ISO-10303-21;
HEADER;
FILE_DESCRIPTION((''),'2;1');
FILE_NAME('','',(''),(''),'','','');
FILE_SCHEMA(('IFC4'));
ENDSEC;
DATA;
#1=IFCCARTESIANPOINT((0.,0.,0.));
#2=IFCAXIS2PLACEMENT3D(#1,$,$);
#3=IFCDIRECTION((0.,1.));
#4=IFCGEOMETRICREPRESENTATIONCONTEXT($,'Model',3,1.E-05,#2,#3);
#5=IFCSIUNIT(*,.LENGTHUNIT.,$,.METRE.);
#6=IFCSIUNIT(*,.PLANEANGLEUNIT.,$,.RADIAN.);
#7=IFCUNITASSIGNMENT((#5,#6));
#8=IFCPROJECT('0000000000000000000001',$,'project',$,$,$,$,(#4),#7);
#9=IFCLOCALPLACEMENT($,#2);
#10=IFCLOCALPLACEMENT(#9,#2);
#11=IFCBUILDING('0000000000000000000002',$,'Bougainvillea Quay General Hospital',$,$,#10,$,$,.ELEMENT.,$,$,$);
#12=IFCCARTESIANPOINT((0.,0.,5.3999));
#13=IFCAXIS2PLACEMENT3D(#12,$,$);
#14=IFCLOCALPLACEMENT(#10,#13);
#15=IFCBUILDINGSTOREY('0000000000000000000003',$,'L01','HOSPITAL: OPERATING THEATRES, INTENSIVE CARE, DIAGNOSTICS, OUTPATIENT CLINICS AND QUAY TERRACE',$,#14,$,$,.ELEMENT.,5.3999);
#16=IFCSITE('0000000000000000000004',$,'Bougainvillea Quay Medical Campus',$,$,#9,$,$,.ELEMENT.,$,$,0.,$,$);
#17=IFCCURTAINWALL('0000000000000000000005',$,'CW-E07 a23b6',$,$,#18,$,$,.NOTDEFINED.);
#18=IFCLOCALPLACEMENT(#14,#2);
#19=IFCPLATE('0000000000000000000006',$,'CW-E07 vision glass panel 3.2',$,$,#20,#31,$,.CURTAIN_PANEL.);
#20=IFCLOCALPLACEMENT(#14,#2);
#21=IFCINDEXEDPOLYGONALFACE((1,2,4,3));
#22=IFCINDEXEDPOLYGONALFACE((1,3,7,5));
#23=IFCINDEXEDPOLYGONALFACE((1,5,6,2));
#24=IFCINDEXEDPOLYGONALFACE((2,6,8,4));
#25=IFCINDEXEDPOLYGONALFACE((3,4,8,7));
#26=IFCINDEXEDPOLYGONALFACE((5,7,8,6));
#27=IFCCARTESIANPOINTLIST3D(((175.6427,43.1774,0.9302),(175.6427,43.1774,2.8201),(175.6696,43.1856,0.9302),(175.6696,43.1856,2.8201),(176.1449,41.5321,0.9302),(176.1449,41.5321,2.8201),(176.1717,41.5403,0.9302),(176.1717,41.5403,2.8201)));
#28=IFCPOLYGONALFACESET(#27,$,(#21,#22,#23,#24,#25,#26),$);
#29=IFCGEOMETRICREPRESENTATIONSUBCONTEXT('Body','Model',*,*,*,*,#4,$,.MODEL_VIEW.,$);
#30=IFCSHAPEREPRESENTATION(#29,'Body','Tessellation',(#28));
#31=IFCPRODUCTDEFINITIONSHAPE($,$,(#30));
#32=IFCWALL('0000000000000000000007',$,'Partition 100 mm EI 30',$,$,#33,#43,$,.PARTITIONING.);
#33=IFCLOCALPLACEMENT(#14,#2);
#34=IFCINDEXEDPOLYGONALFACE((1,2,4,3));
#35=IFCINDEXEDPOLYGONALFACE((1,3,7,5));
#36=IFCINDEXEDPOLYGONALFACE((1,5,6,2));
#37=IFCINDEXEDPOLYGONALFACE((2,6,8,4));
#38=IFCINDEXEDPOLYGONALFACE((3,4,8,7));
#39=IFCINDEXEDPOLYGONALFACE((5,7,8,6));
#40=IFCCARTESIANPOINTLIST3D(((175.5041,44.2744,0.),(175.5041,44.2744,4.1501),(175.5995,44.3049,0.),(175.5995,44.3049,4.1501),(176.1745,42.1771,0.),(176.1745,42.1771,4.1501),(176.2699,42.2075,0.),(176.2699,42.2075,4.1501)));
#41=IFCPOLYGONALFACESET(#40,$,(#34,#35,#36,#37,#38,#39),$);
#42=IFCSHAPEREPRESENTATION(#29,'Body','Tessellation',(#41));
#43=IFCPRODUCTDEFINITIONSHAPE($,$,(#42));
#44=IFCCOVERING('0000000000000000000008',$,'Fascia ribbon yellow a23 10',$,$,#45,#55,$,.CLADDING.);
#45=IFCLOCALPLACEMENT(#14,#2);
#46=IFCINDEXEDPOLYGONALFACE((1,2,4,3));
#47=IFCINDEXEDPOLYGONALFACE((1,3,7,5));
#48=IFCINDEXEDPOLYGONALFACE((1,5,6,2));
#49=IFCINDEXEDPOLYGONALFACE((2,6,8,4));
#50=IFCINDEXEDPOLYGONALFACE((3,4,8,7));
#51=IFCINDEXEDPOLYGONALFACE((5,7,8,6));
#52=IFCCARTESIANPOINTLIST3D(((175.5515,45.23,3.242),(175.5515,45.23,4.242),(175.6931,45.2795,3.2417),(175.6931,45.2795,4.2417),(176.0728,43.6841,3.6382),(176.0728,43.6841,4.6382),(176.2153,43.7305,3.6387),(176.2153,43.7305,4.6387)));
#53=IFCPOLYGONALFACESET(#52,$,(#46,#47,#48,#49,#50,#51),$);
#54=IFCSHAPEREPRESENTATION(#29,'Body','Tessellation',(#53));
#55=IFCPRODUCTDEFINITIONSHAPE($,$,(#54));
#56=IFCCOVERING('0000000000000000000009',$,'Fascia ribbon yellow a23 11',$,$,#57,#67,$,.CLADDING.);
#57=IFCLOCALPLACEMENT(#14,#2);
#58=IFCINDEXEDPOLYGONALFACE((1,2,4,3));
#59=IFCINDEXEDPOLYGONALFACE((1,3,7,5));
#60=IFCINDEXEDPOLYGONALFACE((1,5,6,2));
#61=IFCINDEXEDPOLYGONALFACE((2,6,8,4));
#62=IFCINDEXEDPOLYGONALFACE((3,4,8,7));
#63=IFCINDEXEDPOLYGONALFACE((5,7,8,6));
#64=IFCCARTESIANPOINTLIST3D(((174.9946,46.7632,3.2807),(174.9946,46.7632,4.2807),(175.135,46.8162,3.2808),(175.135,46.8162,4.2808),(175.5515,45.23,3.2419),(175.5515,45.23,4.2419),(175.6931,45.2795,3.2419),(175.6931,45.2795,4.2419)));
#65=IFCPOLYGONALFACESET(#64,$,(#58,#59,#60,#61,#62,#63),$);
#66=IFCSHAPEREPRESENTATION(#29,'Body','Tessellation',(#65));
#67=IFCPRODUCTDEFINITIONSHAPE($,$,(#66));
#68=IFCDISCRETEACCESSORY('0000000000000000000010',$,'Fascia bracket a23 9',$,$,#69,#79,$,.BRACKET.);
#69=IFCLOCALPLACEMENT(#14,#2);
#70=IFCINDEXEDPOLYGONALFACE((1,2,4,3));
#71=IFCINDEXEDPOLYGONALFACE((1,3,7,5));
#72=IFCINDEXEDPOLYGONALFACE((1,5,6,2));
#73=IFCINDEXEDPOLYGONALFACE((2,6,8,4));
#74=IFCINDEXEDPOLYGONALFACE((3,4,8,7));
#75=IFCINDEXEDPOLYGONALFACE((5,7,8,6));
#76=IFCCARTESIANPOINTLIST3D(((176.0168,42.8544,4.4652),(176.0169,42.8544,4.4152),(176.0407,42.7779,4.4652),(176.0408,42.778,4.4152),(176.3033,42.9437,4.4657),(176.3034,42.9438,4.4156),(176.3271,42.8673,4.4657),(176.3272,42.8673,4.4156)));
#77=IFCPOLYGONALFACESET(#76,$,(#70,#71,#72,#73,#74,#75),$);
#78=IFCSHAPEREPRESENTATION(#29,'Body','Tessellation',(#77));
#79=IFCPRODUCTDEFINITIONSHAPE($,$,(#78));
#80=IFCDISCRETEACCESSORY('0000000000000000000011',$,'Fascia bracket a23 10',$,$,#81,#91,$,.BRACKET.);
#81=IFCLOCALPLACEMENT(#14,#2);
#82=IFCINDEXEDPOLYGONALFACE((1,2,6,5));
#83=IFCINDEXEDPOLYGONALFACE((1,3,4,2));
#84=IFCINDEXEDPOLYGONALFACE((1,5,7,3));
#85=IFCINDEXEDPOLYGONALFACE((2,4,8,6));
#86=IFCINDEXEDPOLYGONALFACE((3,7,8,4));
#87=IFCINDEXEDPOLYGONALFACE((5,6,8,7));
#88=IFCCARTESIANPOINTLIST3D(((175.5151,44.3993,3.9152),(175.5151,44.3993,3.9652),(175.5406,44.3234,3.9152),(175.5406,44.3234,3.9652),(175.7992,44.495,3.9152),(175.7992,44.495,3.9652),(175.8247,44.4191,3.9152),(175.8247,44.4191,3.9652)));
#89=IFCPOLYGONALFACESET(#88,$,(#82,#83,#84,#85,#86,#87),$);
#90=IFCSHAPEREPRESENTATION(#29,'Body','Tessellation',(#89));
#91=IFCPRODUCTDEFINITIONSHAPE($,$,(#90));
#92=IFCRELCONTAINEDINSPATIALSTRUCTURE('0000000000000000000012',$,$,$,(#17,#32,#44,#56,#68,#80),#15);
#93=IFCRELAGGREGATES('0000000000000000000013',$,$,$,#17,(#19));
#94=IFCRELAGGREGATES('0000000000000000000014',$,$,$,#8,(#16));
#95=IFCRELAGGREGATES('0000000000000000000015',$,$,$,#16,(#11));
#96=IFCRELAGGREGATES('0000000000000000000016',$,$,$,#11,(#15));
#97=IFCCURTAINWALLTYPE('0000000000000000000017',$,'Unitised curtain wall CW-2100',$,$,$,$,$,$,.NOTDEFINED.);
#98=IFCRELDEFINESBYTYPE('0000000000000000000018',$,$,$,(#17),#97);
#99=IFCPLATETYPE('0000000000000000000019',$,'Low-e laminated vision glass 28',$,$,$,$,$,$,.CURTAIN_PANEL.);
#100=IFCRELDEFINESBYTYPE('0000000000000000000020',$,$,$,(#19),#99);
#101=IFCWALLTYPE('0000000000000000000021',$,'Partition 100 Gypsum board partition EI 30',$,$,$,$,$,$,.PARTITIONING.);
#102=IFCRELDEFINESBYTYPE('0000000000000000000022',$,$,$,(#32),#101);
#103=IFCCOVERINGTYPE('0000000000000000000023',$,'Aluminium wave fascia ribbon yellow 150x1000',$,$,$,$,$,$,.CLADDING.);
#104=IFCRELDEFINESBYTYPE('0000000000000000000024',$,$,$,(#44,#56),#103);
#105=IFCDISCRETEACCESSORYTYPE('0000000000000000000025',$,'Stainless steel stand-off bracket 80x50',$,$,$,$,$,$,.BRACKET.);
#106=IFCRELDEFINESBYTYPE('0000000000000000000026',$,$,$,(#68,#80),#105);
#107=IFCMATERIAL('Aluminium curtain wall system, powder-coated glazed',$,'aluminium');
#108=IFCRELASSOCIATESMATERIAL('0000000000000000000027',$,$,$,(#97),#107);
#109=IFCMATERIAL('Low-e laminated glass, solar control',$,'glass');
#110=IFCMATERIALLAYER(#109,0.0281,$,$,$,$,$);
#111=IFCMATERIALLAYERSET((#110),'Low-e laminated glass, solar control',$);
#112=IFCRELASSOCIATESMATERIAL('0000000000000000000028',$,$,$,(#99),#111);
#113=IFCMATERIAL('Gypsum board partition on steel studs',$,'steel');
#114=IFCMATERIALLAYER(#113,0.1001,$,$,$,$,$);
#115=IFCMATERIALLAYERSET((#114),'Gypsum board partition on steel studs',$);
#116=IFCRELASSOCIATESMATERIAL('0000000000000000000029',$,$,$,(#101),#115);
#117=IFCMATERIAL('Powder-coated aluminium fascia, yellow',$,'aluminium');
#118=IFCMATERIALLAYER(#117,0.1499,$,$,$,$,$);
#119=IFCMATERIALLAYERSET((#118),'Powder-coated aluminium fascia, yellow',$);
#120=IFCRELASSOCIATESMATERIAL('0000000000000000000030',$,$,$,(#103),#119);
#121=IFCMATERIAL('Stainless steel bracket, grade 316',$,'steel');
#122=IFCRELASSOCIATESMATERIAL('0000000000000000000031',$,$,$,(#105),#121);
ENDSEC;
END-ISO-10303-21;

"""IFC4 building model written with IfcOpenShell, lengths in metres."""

from ifc_helpers import new_model, si_unit, direction, frame, frame_2d, origin, origin_2d, place, context, subcontext, project, spatial, polyline, rectangle, outline, extrude, material, layer, layer_set, material_profile, profile_set, type_object, element, aggregate, save


model = new_model("IFC4")

# Units and contexts
model_context = context("Model", 3, precision=1e-05, world=origin(), true_north=direction((0.0, 1.0)))
body_context = subcontext(model_context, "Body", "Model", "MODEL_VIEW")
ifc_project = project(units=[si_unit("LENGTHUNIT", "METRE"), si_unit("PLANEANGLEUNIT", "RADIAN")], contexts=[model_context])

# Site, building, storey
site_placement = place(None, origin())
site = spatial("IfcSite", under=ifc_project, at=site_placement, Name="Bougainvillea Quay Medical Campus", CompositionType="ELEMENT", RefElevation=0.0)
building_placement = place(site_placement, origin())
building = spatial("IfcBuilding", under=site, at=building_placement, Name="Bougainvillea Quay General Hospital", CompositionType="ELEMENT")
storey_placement = place(building_placement, frame((0.0, 0.0, 5.3999)))
storey = spatial("IfcBuildingStorey", under=building, at=storey_placement, Name="L01", Description="HOSPITAL: OPERATING THEATRES, INTENSIVE CARE, DIAGNOSTICS, OUTPATIENT CLINICS AND QUAY TERRACE", CompositionType="ELEMENT", Elevation=5.3999)

# Curtain wall, plate
ifc_material_1 = material(Name="Aluminium curtain wall system, powder-coated glazed", Category="aluminium")
curtain_wall_type = type_object("IfcCurtainWallType", Name="Unitised curtain wall CW-2100", PredefinedType="NOTDEFINED", material=ifc_material_1)
curtain_wall_placement = place(storey_placement, origin())
curtain_wall = element("IfcCurtainWall", 1, at=curtain_wall_placement, inside=storey, type_object=curtain_wall_type, Name="CW-E07 a23b6", PredefinedType="NOTDEFINED")
ifc_material_2 = material(Name="Low-e laminated glass, solar control", Category="glass")
ifc_layer_1 = layer(ifc_material_2, 0.0281)
ifc_layer_set_1 = layer_set([ifc_layer_1], Name="Low-e laminated glass, solar control")
plate_type_1 = type_object("IfcPlateType", Name="Low-e laminated vision glass 28", PredefinedType="CURTAIN_PANEL", material=ifc_layer_set_1)
plate_1_placement = place(storey_placement, frame((175.9072, 42.3589, 0.9302), z_axis=(0.0, 0.0, 1.0), x_axis=(0.291904, -0.956448, 0.0)))
plate_1 = element("IfcPlate", 2, at=plate_1_placement, type_object=plate_type_1, Name="CW-E07 vision glass panel 3.2", PredefinedType="CURTAIN_PANEL", context=body_context, shape_type="SweptSolid", body=[
    extrude(rectangle(XDim=1.7202, YDim=0.0281, at=origin_2d()), origin(), (0.0, 0.0, 1.0), 1.8899),
])
aggregate(curtain_wall, [plate_1])

# Wall
ifc_material_3 = material(Name="Gypsum board partition on steel studs", Category="steel")
ifc_layer_2 = layer(ifc_material_3, 0.1001)
ifc_layer_set_2 = layer_set([ifc_layer_2], Name="Gypsum board partition on steel studs")
wall_type = type_object("IfcWallType", Name="Partition 100 Gypsum board partition EI 30", PredefinedType="PARTITIONING", material=ifc_layer_set_2)
wall_placement = place(storey_placement, frame((175.5518, 44.2898, 0.0), z_axis=(0.0, 0.0, 1.0), x_axis=(0.304462, -0.952525, 0.0)))
element("IfcWall", 3, at=wall_placement, inside=storey, type_object=wall_type, Name="Partition 100 mm EI 30", PredefinedType="PARTITIONING", context=body_context, shape_type="SweptSolid", body=[
    extrude(rectangle(XDim=2.2019, YDim=0.1001, at=frame_2d((1.1011, 0.0))), origin(), (0.0, 0.0, 1.0), 4.1501),
])

# Coverings
ifc_material_4 = material(Name="Powder-coated aluminium fascia, yellow", Category="aluminium")
ifc_layer_3 = layer(ifc_material_4, 0.1499)
ifc_layer_set_3 = layer_set([ifc_layer_3], Name="Powder-coated aluminium fascia, yellow")
covering_type = type_object("IfcCoveringType", Name="Aluminium wave fascia ribbon yellow 150x1000", PredefinedType="CLADDING", material=ifc_layer_set_3)
covering_1_placement = place(storey_placement, frame((176.0728, 43.6841, 3.6382), z_axis=(-0.076243, 0.223346, 0.971753), x_axis=(-0.310478, 0.920819, -0.236)))
element("IfcCovering", 4, at=covering_1_placement, inside=storey, type_object=covering_type, Name="Fascia ribbon yellow a23 10", PredefinedType="CLADDING", context=body_context, shape_type="SweptSolid", body=[
    extrude(outline(polyline([(0.0, 0.0), (1.6788, 0.0), (1.6806, -0.15), (-0.0017, -0.1499), (0.0, 0.0)])), origin(), (-0.236, -0.000862, 0.971753), 1.0),
])
covering_2_placement = place(storey_placement, frame((175.5515, 45.23, 3.2419), z_axis=(0.008121, -0.022333, 0.999718), x_axis=(-0.341298, 0.939655, 0.023764)))
element("IfcCovering", 5, at=covering_2_placement, inside=storey, type_object=covering_type, Name="Fascia ribbon yellow a23 11", PredefinedType="CLADDING", context=body_context, shape_type="SweptSolid", body=[
    extrude(outline(polyline([(0.0, 0.0), (1.6317, 0.0), (1.6335, -0.15), (-0.0018, -0.15), (0.0, 0.0)])), origin(), (0.023764, 0.000009, 0.999718), 1.0),
])

# Discrete accessories
ifc_material_5 = material(Name="Stainless steel bracket, grade 316", Category="steel")
ifc_material_profile_1 = material_profile(ifc_material_5, rectangle(XDim=0.0801, YDim=0.05, at=origin_2d()))
ifc_profile_set_1 = profile_set([ifc_material_profile_1], Name="Stainless steel bracket, grade 316")
discrete_accessory_type = type_object("IfcDiscreteAccessoryType", Name="Stainless steel stand-off bracket 80x50", PredefinedType="BRACKET", material=ifc_profile_set_1)
discrete_accessory_1_placement = place(storey_placement, frame((176.0288, 42.8162, 4.4402), z_axis=(0.954609, 0.297858, 0.001628), x_axis=(-0.297858, 0.95461, 0.0)))
element("IfcDiscreteAccessory", 6, at=discrete_accessory_1_placement, inside=storey, type_object=discrete_accessory_type, Name="Fascia bracket a23 9", PredefinedType="BRACKET", context=body_context, shape_type="SweptSolid", body=[
    extrude(rectangle(XDim=0.0801, YDim=0.05, at=origin_2d()), origin(), (0.0, 0.0, 1.0), 0.3),
])
discrete_accessory_2_placement = place(storey_placement, frame((175.5278, 44.3613, 3.9402), z_axis=(0.947702, 0.319157, 0.0), x_axis=(-0.319157, 0.947702, 0.0)))
element("IfcDiscreteAccessory", 7, at=discrete_accessory_2_placement, inside=storey, type_object=discrete_accessory_type, Name="Fascia bracket a23 10", PredefinedType="BRACKET", context=body_context, shape_type="SweptSolid", body=[
    extrude(rectangle(XDim=0.0801, YDim=0.05, at=origin_2d()), origin(), (0.0, 0.0, 1.0), 0.2998),
])

save(model, "model.ifc")
